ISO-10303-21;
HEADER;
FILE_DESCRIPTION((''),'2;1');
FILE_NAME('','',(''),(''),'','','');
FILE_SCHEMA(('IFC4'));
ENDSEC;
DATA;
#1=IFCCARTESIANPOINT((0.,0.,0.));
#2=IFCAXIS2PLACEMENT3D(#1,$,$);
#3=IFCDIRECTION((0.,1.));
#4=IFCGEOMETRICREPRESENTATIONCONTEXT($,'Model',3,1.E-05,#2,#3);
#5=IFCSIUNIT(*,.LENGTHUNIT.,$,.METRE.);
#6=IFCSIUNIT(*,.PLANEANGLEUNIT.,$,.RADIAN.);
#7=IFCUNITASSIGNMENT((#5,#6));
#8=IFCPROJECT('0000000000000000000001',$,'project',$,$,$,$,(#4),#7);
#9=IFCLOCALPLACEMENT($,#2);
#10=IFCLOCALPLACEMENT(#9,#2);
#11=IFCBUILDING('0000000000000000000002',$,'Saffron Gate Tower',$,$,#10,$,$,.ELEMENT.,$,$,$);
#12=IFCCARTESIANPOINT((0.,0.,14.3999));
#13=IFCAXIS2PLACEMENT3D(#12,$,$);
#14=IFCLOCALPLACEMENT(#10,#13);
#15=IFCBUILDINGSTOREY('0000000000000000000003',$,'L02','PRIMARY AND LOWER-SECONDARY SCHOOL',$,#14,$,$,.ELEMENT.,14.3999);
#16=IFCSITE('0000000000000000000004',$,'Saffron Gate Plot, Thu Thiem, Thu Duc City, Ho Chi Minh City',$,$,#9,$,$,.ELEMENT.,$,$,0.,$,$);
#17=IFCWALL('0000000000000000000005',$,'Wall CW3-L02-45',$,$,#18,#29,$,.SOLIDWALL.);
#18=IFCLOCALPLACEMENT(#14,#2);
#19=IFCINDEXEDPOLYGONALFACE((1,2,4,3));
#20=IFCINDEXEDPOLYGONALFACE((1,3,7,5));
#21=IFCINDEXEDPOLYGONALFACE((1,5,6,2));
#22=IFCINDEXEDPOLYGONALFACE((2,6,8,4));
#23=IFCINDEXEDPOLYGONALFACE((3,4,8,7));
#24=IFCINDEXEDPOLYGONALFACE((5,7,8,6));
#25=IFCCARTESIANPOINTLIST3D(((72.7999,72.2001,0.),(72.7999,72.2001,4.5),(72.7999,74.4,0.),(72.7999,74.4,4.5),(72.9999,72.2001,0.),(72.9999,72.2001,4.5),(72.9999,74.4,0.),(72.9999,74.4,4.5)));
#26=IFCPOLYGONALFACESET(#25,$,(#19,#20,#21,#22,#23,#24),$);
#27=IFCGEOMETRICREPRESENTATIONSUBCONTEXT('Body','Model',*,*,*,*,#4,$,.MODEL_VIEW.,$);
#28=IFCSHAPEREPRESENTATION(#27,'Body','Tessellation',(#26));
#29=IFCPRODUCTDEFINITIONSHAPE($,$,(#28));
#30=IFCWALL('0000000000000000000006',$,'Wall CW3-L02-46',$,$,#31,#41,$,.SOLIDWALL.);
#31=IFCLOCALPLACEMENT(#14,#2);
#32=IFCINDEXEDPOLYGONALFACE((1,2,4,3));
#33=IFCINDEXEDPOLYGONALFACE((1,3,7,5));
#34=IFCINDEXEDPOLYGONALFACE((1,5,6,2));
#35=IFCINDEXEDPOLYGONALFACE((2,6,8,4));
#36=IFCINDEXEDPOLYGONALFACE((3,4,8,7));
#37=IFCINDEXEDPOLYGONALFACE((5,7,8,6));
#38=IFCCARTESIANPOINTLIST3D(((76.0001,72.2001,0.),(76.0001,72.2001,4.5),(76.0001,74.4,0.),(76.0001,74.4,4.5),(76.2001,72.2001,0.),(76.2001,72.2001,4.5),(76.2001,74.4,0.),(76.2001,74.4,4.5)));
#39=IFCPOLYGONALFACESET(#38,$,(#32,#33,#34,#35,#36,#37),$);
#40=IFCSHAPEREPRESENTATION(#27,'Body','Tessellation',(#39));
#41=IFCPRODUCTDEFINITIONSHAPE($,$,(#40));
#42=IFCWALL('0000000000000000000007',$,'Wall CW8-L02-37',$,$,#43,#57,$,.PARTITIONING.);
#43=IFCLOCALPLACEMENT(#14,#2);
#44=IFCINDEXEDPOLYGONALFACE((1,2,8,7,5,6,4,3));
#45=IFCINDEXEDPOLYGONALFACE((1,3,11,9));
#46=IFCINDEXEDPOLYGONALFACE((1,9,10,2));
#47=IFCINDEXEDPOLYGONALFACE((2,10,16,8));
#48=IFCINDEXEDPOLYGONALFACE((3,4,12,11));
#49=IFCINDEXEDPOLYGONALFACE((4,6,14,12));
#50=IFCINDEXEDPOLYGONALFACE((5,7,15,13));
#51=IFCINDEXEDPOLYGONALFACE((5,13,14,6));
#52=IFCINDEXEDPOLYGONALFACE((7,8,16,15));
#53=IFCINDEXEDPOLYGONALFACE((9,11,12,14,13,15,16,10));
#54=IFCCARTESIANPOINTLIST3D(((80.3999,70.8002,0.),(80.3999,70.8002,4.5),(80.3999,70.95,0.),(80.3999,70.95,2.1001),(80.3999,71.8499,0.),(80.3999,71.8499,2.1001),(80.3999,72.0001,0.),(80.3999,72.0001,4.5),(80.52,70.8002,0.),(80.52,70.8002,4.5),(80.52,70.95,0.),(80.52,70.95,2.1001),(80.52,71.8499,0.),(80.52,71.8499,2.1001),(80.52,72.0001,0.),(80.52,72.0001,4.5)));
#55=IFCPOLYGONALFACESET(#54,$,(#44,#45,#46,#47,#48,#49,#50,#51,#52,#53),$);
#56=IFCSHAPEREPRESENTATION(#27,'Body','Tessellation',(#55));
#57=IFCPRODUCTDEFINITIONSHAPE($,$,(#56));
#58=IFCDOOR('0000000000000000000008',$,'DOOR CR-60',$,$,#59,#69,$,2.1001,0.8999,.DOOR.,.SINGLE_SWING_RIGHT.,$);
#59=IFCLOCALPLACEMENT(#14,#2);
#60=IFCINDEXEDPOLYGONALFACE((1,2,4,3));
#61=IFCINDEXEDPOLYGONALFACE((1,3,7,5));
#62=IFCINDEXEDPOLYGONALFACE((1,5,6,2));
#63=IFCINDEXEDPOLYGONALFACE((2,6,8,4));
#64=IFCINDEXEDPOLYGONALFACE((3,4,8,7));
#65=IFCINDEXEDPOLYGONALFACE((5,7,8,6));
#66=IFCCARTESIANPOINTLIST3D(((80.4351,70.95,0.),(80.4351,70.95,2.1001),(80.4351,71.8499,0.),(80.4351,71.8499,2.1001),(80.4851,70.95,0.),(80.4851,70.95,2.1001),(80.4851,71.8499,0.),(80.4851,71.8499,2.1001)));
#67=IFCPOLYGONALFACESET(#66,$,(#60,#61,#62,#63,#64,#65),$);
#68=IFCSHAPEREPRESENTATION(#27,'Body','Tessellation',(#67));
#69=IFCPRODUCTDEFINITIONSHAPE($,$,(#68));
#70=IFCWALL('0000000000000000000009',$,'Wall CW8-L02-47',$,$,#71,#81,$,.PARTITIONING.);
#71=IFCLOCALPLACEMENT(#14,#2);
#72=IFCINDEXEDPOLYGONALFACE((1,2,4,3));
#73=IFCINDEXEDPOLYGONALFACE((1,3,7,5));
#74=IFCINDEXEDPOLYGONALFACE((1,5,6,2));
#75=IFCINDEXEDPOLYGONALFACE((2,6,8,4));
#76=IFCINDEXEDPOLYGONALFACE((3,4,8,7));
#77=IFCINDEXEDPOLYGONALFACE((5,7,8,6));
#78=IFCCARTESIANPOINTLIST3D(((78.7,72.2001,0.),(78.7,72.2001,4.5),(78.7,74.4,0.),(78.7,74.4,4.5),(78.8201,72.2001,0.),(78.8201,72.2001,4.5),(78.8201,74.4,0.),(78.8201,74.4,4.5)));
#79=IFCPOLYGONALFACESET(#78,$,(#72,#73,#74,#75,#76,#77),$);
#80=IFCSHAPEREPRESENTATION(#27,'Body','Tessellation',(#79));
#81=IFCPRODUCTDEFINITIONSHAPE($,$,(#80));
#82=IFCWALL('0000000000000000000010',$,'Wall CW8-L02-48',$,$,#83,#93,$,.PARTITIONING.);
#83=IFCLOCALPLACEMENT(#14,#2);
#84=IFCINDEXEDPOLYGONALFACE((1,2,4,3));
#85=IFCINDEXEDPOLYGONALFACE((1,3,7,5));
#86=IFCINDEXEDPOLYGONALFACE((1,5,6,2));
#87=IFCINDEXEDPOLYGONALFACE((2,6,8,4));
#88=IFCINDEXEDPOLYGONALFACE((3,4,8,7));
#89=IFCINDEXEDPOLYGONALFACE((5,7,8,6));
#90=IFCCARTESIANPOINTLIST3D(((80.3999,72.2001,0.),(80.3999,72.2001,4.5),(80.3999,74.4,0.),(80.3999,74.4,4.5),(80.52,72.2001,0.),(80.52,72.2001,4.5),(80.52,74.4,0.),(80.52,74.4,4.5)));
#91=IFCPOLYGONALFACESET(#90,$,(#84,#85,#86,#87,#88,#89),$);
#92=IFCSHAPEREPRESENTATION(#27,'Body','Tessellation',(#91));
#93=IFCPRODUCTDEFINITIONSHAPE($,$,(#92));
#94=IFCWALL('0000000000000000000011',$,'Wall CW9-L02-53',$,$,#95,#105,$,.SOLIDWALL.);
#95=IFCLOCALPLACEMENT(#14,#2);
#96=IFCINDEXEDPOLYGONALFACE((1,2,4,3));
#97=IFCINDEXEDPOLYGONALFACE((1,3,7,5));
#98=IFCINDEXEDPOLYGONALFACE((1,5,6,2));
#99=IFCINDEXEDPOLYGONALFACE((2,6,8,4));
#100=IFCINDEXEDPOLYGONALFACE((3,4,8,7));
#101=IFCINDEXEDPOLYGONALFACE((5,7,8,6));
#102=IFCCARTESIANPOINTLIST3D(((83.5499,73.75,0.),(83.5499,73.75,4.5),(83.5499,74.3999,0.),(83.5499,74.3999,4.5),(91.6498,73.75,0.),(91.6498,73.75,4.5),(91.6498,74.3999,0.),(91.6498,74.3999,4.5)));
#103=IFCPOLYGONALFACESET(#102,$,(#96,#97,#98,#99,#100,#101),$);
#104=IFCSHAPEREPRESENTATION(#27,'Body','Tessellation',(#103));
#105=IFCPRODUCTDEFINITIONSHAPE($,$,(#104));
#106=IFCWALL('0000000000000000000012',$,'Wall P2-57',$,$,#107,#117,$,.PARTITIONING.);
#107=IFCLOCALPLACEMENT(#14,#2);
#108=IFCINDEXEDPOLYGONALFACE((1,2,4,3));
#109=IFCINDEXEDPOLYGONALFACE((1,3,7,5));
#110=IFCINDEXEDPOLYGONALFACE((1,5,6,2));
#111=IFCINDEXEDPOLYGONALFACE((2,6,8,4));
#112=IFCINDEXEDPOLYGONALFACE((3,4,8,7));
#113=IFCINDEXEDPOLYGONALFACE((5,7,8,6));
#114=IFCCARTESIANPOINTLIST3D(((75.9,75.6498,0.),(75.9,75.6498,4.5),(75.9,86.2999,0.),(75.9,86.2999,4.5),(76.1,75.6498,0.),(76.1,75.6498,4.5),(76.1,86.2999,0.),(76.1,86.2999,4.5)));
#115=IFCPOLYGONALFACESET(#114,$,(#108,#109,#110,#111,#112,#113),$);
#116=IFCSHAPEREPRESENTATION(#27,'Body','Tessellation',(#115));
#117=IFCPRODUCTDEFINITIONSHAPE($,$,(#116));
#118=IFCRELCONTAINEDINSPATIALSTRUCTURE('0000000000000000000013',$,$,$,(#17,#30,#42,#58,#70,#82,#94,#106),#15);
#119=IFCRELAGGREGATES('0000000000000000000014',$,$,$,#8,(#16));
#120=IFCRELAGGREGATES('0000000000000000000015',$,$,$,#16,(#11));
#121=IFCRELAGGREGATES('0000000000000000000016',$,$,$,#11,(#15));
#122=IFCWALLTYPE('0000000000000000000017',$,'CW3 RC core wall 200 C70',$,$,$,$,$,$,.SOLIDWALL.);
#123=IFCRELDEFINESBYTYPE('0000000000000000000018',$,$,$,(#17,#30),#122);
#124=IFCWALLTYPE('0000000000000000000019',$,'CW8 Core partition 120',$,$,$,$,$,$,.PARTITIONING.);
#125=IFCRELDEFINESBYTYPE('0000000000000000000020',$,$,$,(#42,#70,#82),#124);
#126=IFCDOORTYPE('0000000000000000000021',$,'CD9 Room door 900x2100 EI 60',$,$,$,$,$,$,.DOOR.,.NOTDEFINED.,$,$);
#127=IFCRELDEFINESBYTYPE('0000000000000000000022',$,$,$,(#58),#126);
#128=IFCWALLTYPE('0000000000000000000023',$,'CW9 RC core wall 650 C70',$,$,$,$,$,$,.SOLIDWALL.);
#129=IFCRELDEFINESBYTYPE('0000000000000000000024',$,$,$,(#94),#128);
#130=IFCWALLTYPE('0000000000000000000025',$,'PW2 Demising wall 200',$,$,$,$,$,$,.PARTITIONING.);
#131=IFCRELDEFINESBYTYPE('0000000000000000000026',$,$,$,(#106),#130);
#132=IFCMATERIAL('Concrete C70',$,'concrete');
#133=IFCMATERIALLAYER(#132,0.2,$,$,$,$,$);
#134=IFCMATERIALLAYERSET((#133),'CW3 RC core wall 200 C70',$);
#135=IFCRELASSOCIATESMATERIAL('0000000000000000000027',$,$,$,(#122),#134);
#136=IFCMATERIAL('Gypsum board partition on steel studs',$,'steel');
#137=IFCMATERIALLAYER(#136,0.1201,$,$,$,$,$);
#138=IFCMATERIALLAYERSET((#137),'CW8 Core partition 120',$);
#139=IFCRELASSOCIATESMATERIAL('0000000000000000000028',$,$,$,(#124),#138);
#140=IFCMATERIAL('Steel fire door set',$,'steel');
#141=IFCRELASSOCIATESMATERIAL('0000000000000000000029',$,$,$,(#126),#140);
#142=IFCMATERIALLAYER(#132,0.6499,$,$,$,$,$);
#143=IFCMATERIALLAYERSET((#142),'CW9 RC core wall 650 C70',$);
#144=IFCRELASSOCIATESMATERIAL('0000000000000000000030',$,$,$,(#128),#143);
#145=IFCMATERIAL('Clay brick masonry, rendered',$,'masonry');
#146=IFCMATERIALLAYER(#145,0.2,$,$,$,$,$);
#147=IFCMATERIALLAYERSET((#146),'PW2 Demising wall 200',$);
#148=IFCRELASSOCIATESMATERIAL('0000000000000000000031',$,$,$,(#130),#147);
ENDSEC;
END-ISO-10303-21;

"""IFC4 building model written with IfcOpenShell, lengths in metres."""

from ifc_helpers import new_model, si_unit, direction, frame, frame_2d, origin, place, context, subcontext, project, spatial, rectangle, extrude, material, layer, layer_set, type_object, element, fill, save


model = new_model("IFC4")

# Units and contexts
model_context = context("Model", 3, precision=1e-05, world=origin(), true_north=direction((0.0, 1.0)))
body_context = subcontext(model_context, "Body", "Model", "MODEL_VIEW")
ifc_project = project(units=[si_unit("LENGTHUNIT", "METRE"), si_unit("PLANEANGLEUNIT", "RADIAN")], contexts=[model_context])

# Site, building, storey
site_placement = place(None, origin())
site = spatial("IfcSite", under=ifc_project, at=site_placement, Name="Saffron Gate Plot, Thu Thiem, Thu Duc City, Ho Chi Minh City", CompositionType="ELEMENT", RefElevation=0.0)
building_placement = place(site_placement, origin())
building = spatial("IfcBuilding", under=site, at=building_placement, Name="Saffron Gate Tower", CompositionType="ELEMENT")
storey_placement = place(building_placement, frame((0.0, 0.0, 14.3999)))
storey = spatial("IfcBuildingStorey", under=building, at=storey_placement, Name="L02", Description="PRIMARY AND LOWER-SECONDARY SCHOOL", CompositionType="ELEMENT", Elevation=14.3999)

# Walls
ifc_material_1 = material(Name="Concrete C70", Category="concrete")
ifc_layer_1 = layer(ifc_material_1, 0.2)
ifc_layer_set_1 = layer_set([ifc_layer_1], Name="CW3 RC core wall 200 C70")
wall_type_1 = type_object("IfcWallType", Name="CW3 RC core wall 200 C70", PredefinedType="SOLIDWALL", material=ifc_layer_set_1)
for number, where, z_axis, x_axis, name in (
    (1, (72.8999, 72.2, 0.0), (0.0, 0.0, 1.0), (0.0, 1.0, 0.0), "Wall CW3-L02-45"),
    (2, (76.1001, 72.2, 0.0), (0.0, 0.0, 1.0), (0.0, 1.0, 0.0), "Wall CW3-L02-46"),
):
    element("IfcWall", number, at=place(storey_placement, frame(where, z_axis=z_axis, x_axis=x_axis)), inside=storey, type_object=wall_type_1, Name=name, PredefinedType="SOLIDWALL", context=body_context, shape_type="SweptSolid", body=[
        extrude(rectangle(XDim=2.2, YDim=0.2, at=frame_2d((1.1001, 0.0))), origin(), (0.0, 0.0, 1.0), 4.5),
    ])

# Wall, opening, door
ifc_material_2 = material(Name="Gypsum board partition on steel studs", Category="steel")
ifc_layer_2 = layer(ifc_material_2, 0.1201)
ifc_layer_set_2 = layer_set([ifc_layer_2], Name="CW8 Core partition 120")
wall_type_2 = type_object("IfcWallType", Name="CW8 Core partition 120", PredefinedType="PARTITIONING", material=ifc_layer_set_2)
wall_1_placement = place(storey_placement, frame((80.46, 70.8, 0.0), z_axis=(0.0, 0.0, 1.0), x_axis=(0.0, 1.0, 0.0)))
wall_1 = element("IfcWall", 3, at=wall_1_placement, inside=storey, type_object=wall_type_2, Name="Wall CW8-L02-37", PredefinedType="PARTITIONING", context=body_context, shape_type="SweptSolid", body=[
    extrude(rectangle(XDim=1.2, YDim=0.1201, at=frame_2d((0.6001, 0.0))), origin(), (0.0, 0.0, 1.0), 4.5),
])
opening_placement = place(wall_1_placement, frame((0.1499, 0.0, 0.0)))
opening = element("IfcOpeningElement", 4, at=opening_placement, cuts=wall_1, PredefinedType="OPENING", context=body_context, shape_type="SweptSolid", body=[
    extrude(rectangle(XDim=0.8999, YDim=2.1001, at=frame_2d((0.45, 1.05))), frame((0.0, 0.0701, 0.0), z_axis=(0.0, -1.0, 0.0), x_axis=(1.0, 0.0, 0.0)), (0.0, 0.0, 1.0), 0.1401),
])
ifc_material_3 = material(Name="Steel fire door set", Category="steel")
door_type = type_object("IfcDoorType", Name="CD9 Room door 900x2100 EI 60", OperationType="NOTDEFINED", PredefinedType="DOOR", material=ifc_material_3)
door_placement = place(opening_placement, origin())
door = element("IfcDoor", 5, at=door_placement, inside=storey, type_object=door_type, Name="DOOR CR-60", OperationType="SINGLE_SWING_RIGHT", OverallHeight=2.1001, OverallWidth=0.8999, PredefinedType="DOOR", context=body_context, shape_type="SweptSolid", body=[
    extrude(rectangle(XDim=0.8999, YDim=2.1001, at=frame_2d((0.45, 1.05))), frame((0.0, 0.0249, 0.0), z_axis=(0.0, -1.0, 0.0), x_axis=(1.0, 0.0, 0.0)), (0.0, 0.0, 1.0), 0.05),
])
fill(opening, door)

# Walls
for number, where, z_axis, x_axis, name in (
    (6, (78.76, 72.2, 0.0), (0.0, 0.0, 1.0), (0.0, 1.0, 0.0), "Wall CW8-L02-47"),
    (7, (80.46, 72.2, 0.0), (0.0, 0.0, 1.0), (0.0, 1.0, 0.0), "Wall CW8-L02-48"),
):
    element("IfcWall", number, at=place(storey_placement, frame(where, z_axis=z_axis, x_axis=x_axis)), inside=storey, type_object=wall_type_2, Name=name, PredefinedType="PARTITIONING", context=body_context, shape_type="SweptSolid", body=[
        extrude(rectangle(XDim=2.2, YDim=0.1201, at=frame_2d((1.1001, 0.0))), origin(), (0.0, 0.0, 1.0), 4.5),
    ])
ifc_layer_3 = layer(ifc_material_1, 0.6499)
ifc_layer_set_3 = layer_set([ifc_layer_3], Name="CW9 RC core wall 650 C70")
wall_type_3 = type_object("IfcWallType", Name="CW9 RC core wall 650 C70", PredefinedType="SOLIDWALL", material=ifc_layer_set_3)
wall_2_placement = place(storey_placement, frame((83.55, 74.075, 0.0), z_axis=(0.0, 0.0, 1.0), x_axis=(1.0, 0.0, 0.0)))
element("IfcWall", 8, at=wall_2_placement, inside=storey, type_object=wall_type_3, Name="Wall CW9-L02-53", PredefinedType="SOLIDWALL", context=body_context, shape_type="SweptSolid", body=[
    extrude(rectangle(XDim=8.0999, YDim=0.6499, at=frame_2d((4.0498, 0.0))), origin(), (0.0, 0.0, 1.0), 4.5),
])
ifc_material_4 = material(Name="Clay brick masonry, rendered", Category="masonry")
ifc_layer_4 = layer(ifc_material_4, 0.2)
ifc_layer_set_4 = layer_set([ifc_layer_4], Name="PW2 Demising wall 200")
wall_type_4 = type_object("IfcWallType", Name="PW2 Demising wall 200", PredefinedType="PARTITIONING", material=ifc_layer_set_4)
wall_3_placement = place(storey_placement, frame((76.0, 86.3, 0.0), z_axis=(0.0, 0.0, 1.0), x_axis=(0.0, -1.0, 0.0)))
element("IfcWall", 9, at=wall_3_placement, inside=storey, type_object=wall_type_4, Name="Wall P2-57", PredefinedType="PARTITIONING", context=body_context, shape_type="SweptSolid", body=[
    extrude(rectangle(XDim=10.6501, YDim=0.2, at=frame_2d((5.3252, 0.0))), origin(), (0.0, 0.0, 1.0), 4.5),
])

save(model, "model.ifc")
